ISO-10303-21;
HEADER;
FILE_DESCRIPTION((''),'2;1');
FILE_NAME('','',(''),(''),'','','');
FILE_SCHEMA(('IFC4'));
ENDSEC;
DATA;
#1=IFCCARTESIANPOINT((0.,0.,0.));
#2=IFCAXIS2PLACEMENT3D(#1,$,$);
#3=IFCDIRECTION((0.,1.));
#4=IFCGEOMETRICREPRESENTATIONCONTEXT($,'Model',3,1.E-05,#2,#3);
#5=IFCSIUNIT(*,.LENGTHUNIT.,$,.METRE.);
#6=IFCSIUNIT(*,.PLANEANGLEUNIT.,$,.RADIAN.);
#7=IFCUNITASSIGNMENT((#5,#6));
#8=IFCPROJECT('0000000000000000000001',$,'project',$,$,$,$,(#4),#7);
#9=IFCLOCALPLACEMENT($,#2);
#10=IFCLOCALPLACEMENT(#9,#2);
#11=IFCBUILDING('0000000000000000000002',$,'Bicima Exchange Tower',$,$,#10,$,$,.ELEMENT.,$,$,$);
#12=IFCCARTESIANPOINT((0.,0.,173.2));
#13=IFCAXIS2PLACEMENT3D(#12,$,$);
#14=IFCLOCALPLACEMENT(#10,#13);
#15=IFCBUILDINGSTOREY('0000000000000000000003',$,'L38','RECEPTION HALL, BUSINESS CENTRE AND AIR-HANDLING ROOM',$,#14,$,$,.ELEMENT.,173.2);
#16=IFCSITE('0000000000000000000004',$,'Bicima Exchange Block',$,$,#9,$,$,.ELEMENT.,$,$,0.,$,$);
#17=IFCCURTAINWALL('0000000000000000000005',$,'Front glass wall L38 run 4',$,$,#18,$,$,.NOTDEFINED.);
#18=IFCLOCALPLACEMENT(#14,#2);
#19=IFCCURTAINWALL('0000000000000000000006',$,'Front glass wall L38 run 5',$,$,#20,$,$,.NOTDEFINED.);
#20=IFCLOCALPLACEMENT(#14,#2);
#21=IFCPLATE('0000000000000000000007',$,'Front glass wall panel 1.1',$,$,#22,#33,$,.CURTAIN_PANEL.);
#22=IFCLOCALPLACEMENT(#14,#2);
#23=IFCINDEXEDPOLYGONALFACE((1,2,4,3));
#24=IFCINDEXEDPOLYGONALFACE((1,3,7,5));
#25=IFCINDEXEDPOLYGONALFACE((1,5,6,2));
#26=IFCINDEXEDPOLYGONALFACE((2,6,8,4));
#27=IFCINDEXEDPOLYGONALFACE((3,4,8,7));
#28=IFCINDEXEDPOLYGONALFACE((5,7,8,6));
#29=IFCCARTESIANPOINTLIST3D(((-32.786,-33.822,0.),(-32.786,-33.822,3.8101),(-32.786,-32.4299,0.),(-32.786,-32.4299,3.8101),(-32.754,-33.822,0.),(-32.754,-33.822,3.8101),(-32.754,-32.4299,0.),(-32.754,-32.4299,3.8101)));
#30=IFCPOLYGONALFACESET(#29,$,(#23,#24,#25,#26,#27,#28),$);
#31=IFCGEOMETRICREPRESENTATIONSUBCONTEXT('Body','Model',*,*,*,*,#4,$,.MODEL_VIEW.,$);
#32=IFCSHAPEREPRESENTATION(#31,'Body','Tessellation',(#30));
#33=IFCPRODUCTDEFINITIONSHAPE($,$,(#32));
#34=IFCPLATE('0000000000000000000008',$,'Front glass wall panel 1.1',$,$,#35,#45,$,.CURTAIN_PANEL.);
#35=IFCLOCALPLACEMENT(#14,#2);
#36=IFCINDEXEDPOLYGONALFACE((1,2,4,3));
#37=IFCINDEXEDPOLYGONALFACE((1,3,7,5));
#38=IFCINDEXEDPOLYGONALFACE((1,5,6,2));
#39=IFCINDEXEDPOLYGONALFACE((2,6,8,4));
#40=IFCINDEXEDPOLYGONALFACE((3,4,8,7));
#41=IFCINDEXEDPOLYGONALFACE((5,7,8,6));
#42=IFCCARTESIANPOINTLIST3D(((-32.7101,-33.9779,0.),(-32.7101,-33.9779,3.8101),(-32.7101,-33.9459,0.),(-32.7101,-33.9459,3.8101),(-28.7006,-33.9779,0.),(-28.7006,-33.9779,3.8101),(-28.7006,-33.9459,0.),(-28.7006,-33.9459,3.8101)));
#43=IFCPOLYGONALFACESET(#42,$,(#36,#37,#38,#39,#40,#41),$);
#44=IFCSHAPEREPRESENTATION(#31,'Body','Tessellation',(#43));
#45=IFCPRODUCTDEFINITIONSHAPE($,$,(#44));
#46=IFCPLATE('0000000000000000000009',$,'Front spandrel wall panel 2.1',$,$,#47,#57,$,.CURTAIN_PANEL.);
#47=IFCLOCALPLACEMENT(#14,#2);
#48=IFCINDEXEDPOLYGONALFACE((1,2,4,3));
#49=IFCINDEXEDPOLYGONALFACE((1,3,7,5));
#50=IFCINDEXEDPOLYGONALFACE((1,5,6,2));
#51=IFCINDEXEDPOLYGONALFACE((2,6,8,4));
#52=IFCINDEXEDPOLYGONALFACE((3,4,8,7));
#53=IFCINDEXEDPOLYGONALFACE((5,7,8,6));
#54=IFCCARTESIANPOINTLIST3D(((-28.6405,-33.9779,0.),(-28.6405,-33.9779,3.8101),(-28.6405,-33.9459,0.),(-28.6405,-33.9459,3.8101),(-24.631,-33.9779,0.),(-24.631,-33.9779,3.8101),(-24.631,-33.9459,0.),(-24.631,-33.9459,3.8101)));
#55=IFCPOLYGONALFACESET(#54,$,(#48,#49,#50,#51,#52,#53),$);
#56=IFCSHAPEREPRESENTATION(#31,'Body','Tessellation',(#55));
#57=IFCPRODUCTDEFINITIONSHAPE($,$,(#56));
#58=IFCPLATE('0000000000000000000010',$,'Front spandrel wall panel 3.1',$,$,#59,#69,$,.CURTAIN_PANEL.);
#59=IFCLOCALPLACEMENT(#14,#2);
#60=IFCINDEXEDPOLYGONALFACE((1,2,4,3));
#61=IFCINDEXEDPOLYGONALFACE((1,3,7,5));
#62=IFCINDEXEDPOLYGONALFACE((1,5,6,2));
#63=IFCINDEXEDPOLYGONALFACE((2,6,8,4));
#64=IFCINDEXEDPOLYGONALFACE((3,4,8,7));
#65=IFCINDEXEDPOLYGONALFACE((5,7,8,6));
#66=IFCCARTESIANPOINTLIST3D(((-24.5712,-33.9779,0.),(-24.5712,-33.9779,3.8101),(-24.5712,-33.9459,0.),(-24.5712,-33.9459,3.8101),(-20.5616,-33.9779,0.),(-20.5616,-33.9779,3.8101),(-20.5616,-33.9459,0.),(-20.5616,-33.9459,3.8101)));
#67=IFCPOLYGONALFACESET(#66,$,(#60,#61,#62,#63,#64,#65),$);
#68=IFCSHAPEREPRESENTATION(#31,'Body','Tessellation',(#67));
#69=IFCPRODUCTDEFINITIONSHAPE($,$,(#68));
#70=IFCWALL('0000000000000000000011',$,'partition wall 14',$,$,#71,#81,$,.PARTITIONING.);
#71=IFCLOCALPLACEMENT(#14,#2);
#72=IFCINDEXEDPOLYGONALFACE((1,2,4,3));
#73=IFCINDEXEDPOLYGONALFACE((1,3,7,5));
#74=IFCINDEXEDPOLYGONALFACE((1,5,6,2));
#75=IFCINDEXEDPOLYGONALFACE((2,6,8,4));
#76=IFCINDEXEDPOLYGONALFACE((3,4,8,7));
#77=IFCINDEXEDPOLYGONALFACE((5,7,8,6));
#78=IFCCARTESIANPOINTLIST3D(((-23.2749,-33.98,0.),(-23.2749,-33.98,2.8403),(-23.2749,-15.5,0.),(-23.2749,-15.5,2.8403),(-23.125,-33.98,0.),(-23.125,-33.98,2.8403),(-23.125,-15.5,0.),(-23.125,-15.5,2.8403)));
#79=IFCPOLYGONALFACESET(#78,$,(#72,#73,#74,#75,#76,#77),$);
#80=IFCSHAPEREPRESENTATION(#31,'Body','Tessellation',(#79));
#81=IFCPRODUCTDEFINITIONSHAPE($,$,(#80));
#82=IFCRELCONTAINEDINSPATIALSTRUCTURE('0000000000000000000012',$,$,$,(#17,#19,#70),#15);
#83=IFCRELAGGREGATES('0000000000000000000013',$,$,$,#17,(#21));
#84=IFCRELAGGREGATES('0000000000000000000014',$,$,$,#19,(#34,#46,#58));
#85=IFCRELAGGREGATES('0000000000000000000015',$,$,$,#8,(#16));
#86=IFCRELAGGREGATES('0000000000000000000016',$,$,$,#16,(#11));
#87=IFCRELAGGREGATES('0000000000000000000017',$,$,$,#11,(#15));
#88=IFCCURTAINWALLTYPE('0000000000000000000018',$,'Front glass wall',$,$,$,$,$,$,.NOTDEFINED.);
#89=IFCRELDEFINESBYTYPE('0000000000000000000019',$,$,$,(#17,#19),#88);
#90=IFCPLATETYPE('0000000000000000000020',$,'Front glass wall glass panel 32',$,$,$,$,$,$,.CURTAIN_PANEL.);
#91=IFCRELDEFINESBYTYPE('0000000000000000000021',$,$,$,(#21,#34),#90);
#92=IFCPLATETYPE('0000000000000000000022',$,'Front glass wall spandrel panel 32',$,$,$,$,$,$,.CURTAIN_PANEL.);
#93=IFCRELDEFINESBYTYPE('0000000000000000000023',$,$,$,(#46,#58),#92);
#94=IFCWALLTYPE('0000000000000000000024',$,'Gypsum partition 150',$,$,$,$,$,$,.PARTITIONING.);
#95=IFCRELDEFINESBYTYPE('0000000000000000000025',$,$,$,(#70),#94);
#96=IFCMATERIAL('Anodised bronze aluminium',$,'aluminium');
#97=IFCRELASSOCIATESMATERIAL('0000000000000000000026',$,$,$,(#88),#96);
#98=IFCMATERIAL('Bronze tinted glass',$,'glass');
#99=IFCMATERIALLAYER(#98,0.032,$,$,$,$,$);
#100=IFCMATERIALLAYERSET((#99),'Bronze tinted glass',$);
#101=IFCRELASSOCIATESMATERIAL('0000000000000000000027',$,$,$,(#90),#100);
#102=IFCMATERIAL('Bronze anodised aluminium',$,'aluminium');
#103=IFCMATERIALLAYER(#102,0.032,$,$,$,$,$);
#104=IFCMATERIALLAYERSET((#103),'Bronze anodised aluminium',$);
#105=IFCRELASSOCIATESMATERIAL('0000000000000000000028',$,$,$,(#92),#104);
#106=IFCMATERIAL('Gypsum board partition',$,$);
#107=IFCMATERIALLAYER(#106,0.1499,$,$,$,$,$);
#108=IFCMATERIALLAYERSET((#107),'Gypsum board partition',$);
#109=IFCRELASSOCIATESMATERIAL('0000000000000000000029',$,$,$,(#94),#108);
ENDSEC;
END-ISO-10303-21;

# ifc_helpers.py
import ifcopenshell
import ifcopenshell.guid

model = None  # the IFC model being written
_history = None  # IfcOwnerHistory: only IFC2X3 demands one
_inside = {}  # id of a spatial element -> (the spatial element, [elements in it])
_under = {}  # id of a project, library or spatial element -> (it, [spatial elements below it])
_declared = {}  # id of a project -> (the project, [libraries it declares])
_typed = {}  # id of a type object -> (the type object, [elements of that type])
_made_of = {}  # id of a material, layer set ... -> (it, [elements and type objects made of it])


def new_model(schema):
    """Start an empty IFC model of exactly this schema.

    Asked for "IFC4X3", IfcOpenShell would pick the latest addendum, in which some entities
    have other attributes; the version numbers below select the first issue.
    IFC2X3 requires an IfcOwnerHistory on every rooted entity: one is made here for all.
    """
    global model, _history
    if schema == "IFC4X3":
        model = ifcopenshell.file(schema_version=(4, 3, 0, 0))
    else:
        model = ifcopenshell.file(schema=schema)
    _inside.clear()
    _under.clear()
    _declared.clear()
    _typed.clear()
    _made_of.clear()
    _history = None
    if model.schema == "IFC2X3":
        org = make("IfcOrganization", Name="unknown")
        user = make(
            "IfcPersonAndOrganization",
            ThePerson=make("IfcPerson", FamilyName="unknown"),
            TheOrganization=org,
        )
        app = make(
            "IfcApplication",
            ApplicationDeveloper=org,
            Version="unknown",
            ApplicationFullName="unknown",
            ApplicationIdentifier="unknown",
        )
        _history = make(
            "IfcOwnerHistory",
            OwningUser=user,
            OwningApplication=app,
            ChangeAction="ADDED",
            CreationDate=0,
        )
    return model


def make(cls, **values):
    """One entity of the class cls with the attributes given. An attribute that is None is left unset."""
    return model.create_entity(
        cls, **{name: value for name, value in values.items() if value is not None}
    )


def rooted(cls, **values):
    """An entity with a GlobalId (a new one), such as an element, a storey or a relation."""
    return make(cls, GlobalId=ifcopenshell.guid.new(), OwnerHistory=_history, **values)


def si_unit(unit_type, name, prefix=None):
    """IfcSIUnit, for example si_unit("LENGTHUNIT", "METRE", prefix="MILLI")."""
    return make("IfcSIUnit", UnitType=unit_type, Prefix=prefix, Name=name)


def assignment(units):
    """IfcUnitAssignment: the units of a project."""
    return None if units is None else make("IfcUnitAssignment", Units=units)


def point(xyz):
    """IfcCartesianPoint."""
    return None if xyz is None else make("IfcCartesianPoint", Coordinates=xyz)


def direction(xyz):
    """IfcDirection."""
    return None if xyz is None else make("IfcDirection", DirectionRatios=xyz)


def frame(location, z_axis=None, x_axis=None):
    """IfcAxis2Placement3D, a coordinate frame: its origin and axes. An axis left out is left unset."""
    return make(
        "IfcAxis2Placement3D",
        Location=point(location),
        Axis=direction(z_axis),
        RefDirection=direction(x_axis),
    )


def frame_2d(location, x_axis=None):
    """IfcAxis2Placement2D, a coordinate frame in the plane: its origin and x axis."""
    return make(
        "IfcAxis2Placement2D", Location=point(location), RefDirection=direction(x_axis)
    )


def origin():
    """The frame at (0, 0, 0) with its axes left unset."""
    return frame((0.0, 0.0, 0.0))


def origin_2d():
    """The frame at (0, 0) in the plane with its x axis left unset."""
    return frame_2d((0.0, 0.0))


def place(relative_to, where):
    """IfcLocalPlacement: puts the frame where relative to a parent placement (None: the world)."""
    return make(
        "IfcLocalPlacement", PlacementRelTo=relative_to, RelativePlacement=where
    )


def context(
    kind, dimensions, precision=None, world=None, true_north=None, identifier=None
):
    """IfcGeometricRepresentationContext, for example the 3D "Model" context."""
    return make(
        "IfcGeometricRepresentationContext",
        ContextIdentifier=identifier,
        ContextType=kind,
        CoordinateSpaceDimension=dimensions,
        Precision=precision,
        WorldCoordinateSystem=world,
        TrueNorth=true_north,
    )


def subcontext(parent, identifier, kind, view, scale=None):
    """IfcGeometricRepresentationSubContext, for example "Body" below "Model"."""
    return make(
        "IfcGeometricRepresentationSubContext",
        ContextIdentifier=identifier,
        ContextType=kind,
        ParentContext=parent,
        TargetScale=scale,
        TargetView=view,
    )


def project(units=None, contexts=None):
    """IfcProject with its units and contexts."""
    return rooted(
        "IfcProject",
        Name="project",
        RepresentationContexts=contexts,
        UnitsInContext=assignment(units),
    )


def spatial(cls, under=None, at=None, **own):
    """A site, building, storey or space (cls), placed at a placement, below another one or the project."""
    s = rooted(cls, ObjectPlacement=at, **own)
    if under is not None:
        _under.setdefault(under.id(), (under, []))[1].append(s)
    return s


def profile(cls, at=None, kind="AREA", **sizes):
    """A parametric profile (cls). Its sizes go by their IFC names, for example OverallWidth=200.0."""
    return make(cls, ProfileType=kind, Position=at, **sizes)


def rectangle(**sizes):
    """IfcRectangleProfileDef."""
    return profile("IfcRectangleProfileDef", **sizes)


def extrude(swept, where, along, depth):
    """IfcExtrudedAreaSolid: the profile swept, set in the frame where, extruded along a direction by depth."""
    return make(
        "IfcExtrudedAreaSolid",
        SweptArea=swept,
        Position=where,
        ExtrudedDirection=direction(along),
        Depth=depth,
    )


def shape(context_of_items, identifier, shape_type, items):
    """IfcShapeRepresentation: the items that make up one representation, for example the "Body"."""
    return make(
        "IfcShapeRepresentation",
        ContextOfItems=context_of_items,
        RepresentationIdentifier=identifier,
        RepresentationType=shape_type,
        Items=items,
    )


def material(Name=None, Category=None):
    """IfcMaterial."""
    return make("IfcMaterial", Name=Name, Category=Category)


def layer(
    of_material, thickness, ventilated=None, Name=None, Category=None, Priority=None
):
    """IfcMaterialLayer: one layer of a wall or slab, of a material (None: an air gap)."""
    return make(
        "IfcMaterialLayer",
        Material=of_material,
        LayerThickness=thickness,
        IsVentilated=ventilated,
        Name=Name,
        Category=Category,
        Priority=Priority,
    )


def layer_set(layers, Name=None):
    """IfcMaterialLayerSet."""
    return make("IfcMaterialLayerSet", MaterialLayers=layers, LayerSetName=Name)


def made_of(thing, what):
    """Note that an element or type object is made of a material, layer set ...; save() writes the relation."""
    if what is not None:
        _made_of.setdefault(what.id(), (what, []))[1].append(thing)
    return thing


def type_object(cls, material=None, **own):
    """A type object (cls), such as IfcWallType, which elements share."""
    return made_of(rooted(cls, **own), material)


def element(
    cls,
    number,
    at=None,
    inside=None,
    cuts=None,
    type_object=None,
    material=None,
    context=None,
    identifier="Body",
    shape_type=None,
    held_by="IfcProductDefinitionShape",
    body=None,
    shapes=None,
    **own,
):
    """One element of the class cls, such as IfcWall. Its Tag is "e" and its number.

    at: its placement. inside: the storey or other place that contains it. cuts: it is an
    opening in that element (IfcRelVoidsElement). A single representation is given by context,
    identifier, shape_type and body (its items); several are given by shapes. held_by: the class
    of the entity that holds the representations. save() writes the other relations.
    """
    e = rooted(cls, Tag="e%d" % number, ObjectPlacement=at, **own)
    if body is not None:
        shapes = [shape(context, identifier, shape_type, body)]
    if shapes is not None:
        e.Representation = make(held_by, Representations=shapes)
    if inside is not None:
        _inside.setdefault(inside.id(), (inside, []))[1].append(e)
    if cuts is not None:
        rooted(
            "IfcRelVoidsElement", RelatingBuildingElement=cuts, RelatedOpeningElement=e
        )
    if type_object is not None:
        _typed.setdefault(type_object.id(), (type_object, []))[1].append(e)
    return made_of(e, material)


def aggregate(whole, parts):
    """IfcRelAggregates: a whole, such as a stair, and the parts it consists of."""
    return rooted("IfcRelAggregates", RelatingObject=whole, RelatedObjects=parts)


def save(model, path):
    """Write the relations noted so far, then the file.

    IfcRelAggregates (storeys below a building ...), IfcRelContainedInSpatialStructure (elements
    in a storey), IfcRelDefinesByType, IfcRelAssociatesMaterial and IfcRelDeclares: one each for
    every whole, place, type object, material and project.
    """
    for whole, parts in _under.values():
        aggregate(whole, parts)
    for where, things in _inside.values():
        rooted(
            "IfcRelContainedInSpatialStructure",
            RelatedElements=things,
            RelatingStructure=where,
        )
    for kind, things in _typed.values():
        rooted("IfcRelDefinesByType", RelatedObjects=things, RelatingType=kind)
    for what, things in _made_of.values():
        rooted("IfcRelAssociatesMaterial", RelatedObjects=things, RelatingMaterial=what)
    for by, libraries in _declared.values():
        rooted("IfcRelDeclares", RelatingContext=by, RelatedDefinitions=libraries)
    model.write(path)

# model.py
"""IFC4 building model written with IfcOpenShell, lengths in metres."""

from ifc_helpers import new_model, si_unit, direction, frame, frame_2d, origin, origin_2d, place, context, subcontext, project, spatial, rectangle, extrude, material, layer, layer_set, type_object, element, aggregate, save


model = new_model("IFC4")

# Units and contexts
model_context = context("Model", 3, precision=1e-05, world=origin(), true_north=direction((0.0, 1.0)))
body_context = subcontext(model_context, "Body", "Model", "MODEL_VIEW")
ifc_project = project(units=[si_unit("LENGTHUNIT", "METRE"), si_unit("PLANEANGLEUNIT", "RADIAN")], contexts=[model_context])

# Site, building, storey
site_placement = place(None, origin())
site = spatial("IfcSite", under=ifc_project, at=site_placement, Name="Bicima Exchange Block", CompositionType="ELEMENT", RefElevation=0.0)
building_placement = place(site_placement, origin())
building = spatial("IfcBuilding", under=site, at=building_placement, Name="Bicima Exchange Tower", CompositionType="ELEMENT")
storey_placement = place(building_placement, frame((0.0, 0.0, 173.2)))
storey = spatial("IfcBuildingStorey", under=building, at=storey_placement, Name="L38", Description="RECEPTION HALL, BUSINESS CENTRE AND AIR-HANDLING ROOM", CompositionType="ELEMENT", Elevation=173.2)

# Curtain walls
ifc_material_1 = material(Name="Anodised bronze aluminium", Category="aluminium")
curtain_wall_type = type_object("IfcCurtainWallType", Name="Front glass wall", PredefinedType="NOTDEFINED", material=ifc_material_1)
curtain_wall_1_placement = place(storey_placement, origin())
curtain_wall_1 = element("IfcCurtainWall", 1, at=curtain_wall_1_placement, inside=storey, type_object=curtain_wall_type, Name="Front glass wall L38 run 4", PredefinedType="NOTDEFINED")
curtain_wall_2_placement = place(storey_placement, origin())
curtain_wall_2 = element("IfcCurtainWall", 2, at=curtain_wall_2_placement, inside=storey, type_object=curtain_wall_type, Name="Front glass wall L38 run 5", PredefinedType="NOTDEFINED")

# Plates
ifc_material_2 = material(Name="Bronze tinted glass", Category="glass")
ifc_layer_1 = layer(ifc_material_2, 0.032)
ifc_layer_set_1 = layer_set([ifc_layer_1], Name="Bronze tinted glass")
plate_type_1 = type_object("IfcPlateType", Name="Front glass wall glass panel 32", PredefinedType="CURTAIN_PANEL", material=ifc_layer_set_1)
plate_1_placement = place(storey_placement, frame((-32.77, -33.126, 0.0), z_axis=(0.0, 0.0, 1.0), x_axis=(0.0, -1.0, 0.0)))
plate_1 = element("IfcPlate", 3, at=plate_1_placement, type_object=plate_type_1, Name="Front glass wall panel 1.1", PredefinedType="CURTAIN_PANEL", context=body_context, shape_type="SweptSolid", body=[
    extrude(rectangle(XDim=1.3921, YDim=0.032, at=origin_2d()), origin(), (0.0, 0.0, 1.0), 3.8101),
])
aggregate(curtain_wall_1, [plate_1])
plate_2_placement = place(storey_placement, frame((-30.7053, -33.9619, 0.0), z_axis=(0.0, 0.0, 1.0), x_axis=(1.0, 0.0, 0.0)))
plate_2 = element("IfcPlate", 4, at=plate_2_placement, type_object=plate_type_1, Name="Front glass wall panel 1.1", PredefinedType="CURTAIN_PANEL", context=body_context, shape_type="SweptSolid", body=[
    extrude(rectangle(XDim=4.0095, YDim=0.032, at=origin_2d()), origin(), (0.0, 0.0, 1.0), 3.8101),
])
ifc_material_3 = material(Name="Bronze anodised aluminium", Category="aluminium")
ifc_layer_2 = layer(ifc_material_3, 0.032)
ifc_layer_set_2 = layer_set([ifc_layer_2], Name="Bronze anodised aluminium")
plate_type_2 = type_object("IfcPlateType", Name="Front glass wall spandrel panel 32", PredefinedType="CURTAIN_PANEL", material=ifc_layer_set_2)
plate_3_placement = place(storey_placement, frame((-26.6357, -33.9619, 0.0), z_axis=(0.0, 0.0, 1.0), x_axis=(1.0, 0.0, 0.0)))
plate_3 = element("IfcPlate", 5, at=plate_3_placement, type_object=plate_type_2, Name="Front spandrel wall panel 2.1", PredefinedType="CURTAIN_PANEL", context=body_context, shape_type="SweptSolid", body=[
    extrude(rectangle(XDim=4.0095, YDim=0.032, at=origin_2d()), origin(), (0.0, 0.0, 1.0), 3.8101),
])
plate_4_placement = place(storey_placement, frame((-22.5664, -33.9619, 0.0), z_axis=(0.0, 0.0, 1.0), x_axis=(1.0, 0.0, 0.0)))
plate_4 = element("IfcPlate", 6, at=plate_4_placement, type_object=plate_type_2, Name="Front spandrel wall panel 3.1", PredefinedType="CURTAIN_PANEL", context=body_context, shape_type="SweptSolid", body=[
    extrude(rectangle(XDim=4.0095, YDim=0.032, at=origin_2d()), origin(), (0.0, 0.0, 1.0), 3.8101),
])
aggregate(curtain_wall_2, [plate_2, plate_3, plate_4])

# Wall
ifc_material_4 = material(Name="Gypsum board partition")
ifc_layer_3 = layer(ifc_material_4, 0.1499)
ifc_layer_set_3 = layer_set([ifc_layer_3], Name="Gypsum board partition")
wall_type = type_object("IfcWallType", Name="Gypsum partition 150", PredefinedType="PARTITIONING", material=ifc_layer_set_3)
wall_placement = place(storey_placement, frame((-23.2, -33.98, 0.0), z_axis=(0.0, 0.0, 1.0), x_axis=(0.0, 1.0, 0.0)))
element("IfcWall", 7, at=wall_placement, inside=storey, type_object=wall_type, Name="partition wall 14", PredefinedType="PARTITIONING", context=body_context, shape_type="SweptSolid", body=[
    extrude(rectangle(XDim=18.48, YDim=0.1499, at=frame_2d((9.24, 0.0))), origin(), (0.0, 0.0, 1.0), 2.8403),
])

save(model, "model.ifc")
